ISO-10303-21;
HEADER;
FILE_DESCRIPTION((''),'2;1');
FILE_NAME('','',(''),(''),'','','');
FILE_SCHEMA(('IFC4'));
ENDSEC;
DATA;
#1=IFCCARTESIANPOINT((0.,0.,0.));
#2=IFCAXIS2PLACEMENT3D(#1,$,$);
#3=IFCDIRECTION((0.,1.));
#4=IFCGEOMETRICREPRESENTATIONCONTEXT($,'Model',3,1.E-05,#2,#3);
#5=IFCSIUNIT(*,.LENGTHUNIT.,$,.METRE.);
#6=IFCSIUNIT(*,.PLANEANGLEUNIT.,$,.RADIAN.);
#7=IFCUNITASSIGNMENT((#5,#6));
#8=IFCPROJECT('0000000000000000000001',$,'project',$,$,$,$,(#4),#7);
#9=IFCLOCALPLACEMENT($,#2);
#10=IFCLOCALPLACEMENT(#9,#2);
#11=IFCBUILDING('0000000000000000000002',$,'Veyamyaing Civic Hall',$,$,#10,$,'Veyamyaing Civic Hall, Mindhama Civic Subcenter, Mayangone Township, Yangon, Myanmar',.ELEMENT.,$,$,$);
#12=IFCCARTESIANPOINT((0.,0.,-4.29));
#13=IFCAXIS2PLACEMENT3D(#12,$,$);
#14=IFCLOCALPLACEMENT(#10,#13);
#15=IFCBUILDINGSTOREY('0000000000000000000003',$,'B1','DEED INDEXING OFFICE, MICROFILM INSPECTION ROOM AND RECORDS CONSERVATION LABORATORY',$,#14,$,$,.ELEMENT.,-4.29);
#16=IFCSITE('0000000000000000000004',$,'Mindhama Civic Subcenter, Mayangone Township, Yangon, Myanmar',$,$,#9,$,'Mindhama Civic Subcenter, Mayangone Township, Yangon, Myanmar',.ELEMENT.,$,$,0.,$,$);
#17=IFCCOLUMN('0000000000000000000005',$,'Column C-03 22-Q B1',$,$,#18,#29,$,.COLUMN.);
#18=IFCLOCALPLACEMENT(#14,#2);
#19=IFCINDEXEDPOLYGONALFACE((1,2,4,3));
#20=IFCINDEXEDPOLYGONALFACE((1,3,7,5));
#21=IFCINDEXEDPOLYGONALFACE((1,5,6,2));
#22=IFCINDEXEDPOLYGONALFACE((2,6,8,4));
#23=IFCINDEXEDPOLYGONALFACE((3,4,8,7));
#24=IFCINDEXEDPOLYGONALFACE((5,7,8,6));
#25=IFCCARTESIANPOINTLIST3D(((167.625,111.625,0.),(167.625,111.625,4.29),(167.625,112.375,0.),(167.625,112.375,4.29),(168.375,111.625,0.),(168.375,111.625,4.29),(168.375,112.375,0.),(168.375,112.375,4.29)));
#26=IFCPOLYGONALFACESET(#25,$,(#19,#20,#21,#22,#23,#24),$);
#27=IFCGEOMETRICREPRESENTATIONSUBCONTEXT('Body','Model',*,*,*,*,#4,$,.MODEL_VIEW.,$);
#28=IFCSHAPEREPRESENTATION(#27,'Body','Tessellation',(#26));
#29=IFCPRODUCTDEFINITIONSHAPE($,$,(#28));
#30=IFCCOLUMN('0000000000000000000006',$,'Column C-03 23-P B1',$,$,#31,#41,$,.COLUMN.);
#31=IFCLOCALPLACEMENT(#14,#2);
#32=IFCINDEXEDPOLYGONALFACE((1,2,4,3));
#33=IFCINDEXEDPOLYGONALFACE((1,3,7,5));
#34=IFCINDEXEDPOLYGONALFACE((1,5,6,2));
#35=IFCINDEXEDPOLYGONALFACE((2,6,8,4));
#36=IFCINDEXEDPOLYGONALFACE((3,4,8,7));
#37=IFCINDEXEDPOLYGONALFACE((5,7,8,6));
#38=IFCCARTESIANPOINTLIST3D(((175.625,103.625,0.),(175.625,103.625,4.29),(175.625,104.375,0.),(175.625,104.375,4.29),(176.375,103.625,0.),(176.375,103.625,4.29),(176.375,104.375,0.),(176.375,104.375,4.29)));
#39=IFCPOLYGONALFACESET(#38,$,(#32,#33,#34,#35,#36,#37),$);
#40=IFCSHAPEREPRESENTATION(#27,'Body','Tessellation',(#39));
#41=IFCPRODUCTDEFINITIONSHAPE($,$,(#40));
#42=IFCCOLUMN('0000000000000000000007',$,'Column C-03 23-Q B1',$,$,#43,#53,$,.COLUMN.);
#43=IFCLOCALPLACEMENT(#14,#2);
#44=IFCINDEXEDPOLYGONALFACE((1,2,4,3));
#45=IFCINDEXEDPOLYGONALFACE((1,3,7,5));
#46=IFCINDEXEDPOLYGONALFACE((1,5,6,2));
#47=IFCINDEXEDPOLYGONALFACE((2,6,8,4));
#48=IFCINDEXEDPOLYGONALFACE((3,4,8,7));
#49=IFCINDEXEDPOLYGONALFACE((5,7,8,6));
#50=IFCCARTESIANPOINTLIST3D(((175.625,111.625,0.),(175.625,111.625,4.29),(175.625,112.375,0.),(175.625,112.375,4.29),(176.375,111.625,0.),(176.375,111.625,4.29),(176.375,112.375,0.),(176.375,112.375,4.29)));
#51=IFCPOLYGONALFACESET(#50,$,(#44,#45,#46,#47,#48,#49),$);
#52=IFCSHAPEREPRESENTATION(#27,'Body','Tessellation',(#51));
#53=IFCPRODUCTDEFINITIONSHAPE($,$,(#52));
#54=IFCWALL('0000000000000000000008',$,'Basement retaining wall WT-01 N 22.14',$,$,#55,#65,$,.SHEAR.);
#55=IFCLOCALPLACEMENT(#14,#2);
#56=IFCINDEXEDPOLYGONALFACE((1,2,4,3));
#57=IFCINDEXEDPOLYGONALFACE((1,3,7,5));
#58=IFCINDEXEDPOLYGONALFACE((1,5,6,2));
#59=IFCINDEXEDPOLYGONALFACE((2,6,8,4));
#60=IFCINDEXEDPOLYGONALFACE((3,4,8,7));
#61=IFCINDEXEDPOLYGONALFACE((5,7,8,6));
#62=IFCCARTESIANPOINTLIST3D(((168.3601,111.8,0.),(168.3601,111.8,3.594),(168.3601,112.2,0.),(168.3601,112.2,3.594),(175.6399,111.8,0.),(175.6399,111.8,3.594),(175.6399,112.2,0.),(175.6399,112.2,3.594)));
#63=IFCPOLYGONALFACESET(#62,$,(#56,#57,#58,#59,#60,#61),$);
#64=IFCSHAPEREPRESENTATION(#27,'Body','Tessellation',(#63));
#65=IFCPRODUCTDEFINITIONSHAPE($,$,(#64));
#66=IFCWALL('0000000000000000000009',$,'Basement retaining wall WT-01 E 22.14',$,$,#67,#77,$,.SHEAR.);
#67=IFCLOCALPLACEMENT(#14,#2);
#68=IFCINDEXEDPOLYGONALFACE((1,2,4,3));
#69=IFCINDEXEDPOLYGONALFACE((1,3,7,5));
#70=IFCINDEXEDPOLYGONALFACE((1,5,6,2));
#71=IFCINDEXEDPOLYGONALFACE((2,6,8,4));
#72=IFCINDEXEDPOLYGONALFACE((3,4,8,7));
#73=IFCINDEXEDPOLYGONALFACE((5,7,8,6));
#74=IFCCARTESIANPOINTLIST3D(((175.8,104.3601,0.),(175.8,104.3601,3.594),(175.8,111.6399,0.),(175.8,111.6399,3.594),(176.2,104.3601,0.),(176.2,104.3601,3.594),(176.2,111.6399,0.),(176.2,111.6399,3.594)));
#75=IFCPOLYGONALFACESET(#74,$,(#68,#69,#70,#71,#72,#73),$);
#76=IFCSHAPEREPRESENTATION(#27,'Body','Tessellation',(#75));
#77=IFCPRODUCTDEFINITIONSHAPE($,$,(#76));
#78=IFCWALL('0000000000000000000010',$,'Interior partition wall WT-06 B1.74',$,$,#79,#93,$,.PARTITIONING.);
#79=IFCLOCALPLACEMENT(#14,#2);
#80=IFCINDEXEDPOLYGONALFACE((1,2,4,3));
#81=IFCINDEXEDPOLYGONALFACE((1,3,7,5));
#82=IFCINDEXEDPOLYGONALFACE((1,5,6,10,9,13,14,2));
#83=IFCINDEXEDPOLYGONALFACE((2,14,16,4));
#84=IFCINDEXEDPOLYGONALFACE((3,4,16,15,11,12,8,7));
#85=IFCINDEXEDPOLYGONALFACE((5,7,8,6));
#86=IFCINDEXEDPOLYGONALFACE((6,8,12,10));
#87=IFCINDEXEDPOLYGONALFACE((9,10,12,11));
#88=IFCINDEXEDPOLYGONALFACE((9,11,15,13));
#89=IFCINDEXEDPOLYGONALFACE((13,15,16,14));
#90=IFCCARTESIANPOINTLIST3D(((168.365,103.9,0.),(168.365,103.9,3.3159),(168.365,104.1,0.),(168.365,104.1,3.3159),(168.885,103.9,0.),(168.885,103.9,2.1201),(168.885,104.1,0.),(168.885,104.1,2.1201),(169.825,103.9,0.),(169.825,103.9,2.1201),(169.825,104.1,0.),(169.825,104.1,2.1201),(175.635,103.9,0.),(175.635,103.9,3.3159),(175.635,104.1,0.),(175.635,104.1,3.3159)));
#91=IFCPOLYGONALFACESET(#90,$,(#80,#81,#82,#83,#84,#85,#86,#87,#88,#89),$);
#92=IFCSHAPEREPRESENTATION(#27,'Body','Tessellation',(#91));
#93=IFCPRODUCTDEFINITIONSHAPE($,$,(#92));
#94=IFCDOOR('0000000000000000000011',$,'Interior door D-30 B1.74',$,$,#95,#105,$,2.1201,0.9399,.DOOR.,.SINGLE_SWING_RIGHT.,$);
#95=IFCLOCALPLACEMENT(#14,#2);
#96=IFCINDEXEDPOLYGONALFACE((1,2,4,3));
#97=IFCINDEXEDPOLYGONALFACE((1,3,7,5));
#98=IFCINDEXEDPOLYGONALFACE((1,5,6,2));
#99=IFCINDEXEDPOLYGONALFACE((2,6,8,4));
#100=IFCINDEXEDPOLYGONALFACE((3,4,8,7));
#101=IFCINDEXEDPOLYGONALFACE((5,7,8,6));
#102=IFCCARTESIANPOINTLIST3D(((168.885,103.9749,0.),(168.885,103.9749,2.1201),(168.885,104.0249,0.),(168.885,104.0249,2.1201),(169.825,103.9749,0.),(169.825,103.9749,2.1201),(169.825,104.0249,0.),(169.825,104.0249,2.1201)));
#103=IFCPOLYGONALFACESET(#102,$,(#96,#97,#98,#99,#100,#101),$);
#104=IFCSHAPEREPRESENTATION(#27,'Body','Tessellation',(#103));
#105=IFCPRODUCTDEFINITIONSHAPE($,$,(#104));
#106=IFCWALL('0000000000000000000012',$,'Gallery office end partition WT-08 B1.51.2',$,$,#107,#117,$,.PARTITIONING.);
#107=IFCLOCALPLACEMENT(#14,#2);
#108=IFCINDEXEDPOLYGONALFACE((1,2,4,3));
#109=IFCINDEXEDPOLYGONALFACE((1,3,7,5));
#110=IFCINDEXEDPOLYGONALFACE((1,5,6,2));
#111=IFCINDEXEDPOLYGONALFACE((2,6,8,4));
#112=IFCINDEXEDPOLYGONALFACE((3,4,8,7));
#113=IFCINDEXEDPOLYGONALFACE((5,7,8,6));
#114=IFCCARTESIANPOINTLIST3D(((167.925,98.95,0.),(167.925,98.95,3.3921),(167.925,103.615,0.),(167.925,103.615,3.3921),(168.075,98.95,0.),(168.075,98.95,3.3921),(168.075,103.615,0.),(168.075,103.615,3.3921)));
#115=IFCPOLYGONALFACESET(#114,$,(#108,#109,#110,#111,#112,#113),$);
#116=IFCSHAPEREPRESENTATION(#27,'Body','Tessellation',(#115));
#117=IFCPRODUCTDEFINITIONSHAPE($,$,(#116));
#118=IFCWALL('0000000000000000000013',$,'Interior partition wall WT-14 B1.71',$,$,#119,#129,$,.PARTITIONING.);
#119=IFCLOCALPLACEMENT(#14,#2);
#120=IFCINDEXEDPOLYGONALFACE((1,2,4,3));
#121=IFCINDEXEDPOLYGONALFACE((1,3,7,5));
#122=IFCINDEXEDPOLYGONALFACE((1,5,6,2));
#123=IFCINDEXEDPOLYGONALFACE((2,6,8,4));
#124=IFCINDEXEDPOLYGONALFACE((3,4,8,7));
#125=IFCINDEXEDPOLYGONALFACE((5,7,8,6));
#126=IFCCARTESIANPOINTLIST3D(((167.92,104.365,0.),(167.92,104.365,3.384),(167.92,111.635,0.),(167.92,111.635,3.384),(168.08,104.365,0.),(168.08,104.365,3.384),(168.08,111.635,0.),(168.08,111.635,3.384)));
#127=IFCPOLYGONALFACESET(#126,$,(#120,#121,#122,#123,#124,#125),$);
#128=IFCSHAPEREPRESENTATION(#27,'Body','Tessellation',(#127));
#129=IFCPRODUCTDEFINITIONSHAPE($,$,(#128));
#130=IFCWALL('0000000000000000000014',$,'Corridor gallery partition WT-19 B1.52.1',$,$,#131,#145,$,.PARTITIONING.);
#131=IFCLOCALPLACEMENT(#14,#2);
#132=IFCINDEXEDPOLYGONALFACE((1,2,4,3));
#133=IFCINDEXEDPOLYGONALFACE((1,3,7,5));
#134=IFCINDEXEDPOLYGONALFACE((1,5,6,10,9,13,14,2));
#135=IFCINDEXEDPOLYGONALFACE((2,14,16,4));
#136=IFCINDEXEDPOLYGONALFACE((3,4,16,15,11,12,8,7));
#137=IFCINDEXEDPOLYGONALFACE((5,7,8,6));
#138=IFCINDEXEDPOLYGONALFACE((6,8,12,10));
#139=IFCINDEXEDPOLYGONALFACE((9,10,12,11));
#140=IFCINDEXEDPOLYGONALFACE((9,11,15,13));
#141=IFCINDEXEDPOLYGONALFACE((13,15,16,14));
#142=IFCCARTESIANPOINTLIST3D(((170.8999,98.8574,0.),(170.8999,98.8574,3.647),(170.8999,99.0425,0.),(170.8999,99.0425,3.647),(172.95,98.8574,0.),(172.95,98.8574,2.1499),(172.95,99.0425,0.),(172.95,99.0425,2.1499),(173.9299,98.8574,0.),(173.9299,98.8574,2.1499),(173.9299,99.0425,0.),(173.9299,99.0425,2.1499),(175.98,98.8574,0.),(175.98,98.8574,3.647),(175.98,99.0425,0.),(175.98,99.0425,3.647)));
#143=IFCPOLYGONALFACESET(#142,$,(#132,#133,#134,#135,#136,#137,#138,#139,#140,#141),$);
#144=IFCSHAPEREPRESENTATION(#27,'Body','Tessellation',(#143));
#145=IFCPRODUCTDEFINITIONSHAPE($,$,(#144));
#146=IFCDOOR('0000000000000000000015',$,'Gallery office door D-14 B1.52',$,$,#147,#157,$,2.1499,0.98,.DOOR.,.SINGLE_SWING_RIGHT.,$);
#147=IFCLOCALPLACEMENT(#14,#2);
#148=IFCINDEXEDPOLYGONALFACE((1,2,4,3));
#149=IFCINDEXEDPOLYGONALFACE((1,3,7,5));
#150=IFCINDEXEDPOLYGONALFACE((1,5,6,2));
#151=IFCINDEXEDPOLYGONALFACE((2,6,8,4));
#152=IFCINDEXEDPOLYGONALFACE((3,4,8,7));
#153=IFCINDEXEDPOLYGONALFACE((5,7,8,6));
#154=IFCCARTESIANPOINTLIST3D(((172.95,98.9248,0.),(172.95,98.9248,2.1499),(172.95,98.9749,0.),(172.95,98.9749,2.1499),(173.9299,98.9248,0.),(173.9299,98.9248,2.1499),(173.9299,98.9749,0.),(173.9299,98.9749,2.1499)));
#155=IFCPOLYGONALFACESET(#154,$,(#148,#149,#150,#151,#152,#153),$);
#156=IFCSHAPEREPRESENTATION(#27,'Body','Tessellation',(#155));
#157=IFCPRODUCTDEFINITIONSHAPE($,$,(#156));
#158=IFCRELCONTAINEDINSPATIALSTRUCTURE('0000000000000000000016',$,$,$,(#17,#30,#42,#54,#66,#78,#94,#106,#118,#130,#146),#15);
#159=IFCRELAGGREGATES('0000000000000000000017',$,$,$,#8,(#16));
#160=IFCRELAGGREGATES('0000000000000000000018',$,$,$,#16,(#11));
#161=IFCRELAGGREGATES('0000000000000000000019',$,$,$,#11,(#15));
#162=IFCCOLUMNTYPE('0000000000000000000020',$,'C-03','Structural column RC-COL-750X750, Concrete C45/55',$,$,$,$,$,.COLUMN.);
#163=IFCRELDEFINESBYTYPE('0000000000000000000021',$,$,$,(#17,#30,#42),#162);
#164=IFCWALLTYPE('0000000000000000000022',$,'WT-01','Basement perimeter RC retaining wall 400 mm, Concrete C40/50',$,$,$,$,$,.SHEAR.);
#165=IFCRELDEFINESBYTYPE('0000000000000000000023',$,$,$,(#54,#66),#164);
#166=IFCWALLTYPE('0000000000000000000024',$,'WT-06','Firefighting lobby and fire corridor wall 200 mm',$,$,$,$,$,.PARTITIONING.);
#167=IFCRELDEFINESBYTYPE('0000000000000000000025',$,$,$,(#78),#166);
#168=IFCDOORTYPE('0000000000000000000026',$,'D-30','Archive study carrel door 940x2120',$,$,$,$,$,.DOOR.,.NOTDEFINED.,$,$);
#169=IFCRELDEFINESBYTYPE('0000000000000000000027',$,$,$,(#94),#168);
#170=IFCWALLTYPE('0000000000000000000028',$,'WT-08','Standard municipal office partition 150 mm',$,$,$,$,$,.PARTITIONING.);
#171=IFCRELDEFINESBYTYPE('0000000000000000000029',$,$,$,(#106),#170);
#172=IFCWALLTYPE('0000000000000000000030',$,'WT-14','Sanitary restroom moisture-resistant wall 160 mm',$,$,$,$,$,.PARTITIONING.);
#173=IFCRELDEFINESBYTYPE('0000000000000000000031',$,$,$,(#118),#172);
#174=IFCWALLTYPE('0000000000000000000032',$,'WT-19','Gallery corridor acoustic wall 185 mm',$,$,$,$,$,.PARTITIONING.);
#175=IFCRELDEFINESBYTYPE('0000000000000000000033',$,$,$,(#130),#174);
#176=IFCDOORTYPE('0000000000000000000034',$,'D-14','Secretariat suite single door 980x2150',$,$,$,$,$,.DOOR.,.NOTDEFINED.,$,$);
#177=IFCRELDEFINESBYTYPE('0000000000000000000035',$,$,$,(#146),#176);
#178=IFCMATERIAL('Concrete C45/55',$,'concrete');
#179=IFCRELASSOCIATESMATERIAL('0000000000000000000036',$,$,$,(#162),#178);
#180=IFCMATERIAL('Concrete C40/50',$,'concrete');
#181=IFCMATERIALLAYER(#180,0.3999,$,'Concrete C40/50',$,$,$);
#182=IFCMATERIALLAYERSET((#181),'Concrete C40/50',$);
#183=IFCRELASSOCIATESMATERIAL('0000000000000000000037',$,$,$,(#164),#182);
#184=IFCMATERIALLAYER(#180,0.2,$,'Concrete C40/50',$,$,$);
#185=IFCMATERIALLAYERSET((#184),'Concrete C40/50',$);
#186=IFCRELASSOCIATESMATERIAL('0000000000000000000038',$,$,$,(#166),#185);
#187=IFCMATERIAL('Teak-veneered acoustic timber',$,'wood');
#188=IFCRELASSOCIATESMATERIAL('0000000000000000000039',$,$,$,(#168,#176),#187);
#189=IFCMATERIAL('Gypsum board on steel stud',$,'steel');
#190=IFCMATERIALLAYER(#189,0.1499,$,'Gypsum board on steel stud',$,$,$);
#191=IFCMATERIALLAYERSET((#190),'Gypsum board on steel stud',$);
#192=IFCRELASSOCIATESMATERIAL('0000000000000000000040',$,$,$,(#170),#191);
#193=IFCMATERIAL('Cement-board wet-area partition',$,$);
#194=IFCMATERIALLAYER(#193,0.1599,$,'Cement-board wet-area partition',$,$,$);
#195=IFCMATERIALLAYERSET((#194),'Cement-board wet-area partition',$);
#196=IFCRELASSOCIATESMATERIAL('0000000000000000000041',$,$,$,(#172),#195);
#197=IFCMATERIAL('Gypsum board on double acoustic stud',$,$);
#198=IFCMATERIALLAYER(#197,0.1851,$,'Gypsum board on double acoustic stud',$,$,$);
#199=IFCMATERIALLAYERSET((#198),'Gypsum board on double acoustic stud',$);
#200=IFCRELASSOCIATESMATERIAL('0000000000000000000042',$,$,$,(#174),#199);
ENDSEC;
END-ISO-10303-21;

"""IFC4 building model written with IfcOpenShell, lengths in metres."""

from ifc_helpers import new_model, si_unit, direction, frame, frame_2d, origin, origin_2d, place, context, subcontext, project, spatial, rectangle, extrude, material, layer, layer_set, material_profile, profile_set, type_object, element, fill, save


model = new_model("IFC4")

# Units and contexts
model_context = context("Model", 3, precision=1e-05, world=origin(), true_north=direction((0.0, 1.0)))
body_context = subcontext(model_context, "Body", "Model", "MODEL_VIEW")
ifc_project = project(units=[si_unit("LENGTHUNIT", "METRE"), si_unit("PLANEANGLEUNIT", "RADIAN")], contexts=[model_context])

# Site, building, storey
site_placement = place(None, origin())
site = spatial("IfcSite", under=ifc_project, at=site_placement, Name="Mindhama Civic Subcenter, Mayangone Township, Yangon, Myanmar", LongName="Mindhama Civic Subcenter, Mayangone Township, Yangon, Myanmar", CompositionType="ELEMENT", RefElevation=0.0)
building_placement = place(site_placement, origin())
building = spatial("IfcBuilding", under=site, at=building_placement, Name="Veyamyaing Civic Hall", LongName="Veyamyaing Civic Hall, Mindhama Civic Subcenter, Mayangone Township, Yangon, Myanmar", CompositionType="ELEMENT")
storey_placement = place(building_placement, frame((0.0, 0.0, -4.29)))
storey = spatial("IfcBuildingStorey", under=building, at=storey_placement, Name="B1", Description="DEED INDEXING OFFICE, MICROFILM INSPECTION ROOM AND RECORDS CONSERVATION LABORATORY", CompositionType="ELEMENT", Elevation=-4.29)

# Shared definitions
ifc_material_1 = material(Name="Concrete C40/50", Category="concrete")

# Columns
ifc_material_2 = material(Name="Concrete C45/55", Category="concrete")
ifc_material_profile_1 = material_profile(ifc_material_2, rectangle(XDim=0.75, YDim=0.75, at=origin_2d()), Name="RC-COL-750X750")
ifc_profile_set_1 = profile_set([ifc_material_profile_1], Name="Concrete C45/55")
column_type = type_object("IfcColumnType", Name="C-03", Description="Structural column RC-COL-750X750, Concrete C45/55", PredefinedType="COLUMN", material=ifc_profile_set_1)
for number, where, z_axis, x_axis, name in (
    (1, (168.0, 112.0, 0.0), (0.0, 0.0, 1.0), (1.0, 0.0, 0.0), "Column C-03 22-Q B1"),
    (2, (176.0, 104.0, 0.0), (0.0, 0.0, 1.0), (1.0, 0.0, 0.0), "Column C-03 23-P B1"),
    (3, (176.0, 112.0, 0.0), (0.0, 0.0, 1.0), (1.0, 0.0, 0.0), "Column C-03 23-Q B1"),
):
    element("IfcColumn", number, at=place(storey_placement, frame(where, z_axis=z_axis, x_axis=x_axis)), inside=storey, type_object=column_type, Name=name, PredefinedType="COLUMN", context=body_context, shape_type="SweptSolid", body=[
        extrude(rectangle(XDim=0.75, YDim=0.75, at=origin_2d()), origin(), (0.0, 0.0, 1.0), 4.29),
    ])

# Walls
ifc_layer_1 = layer(ifc_material_1, 0.3999, Name="Concrete C40/50")
ifc_layer_set_1 = layer_set([ifc_layer_1], Name="Concrete C40/50")
wall_type_1 = type_object("IfcWallType", Name="WT-01", Description="Basement perimeter RC retaining wall 400 mm, Concrete C40/50", PredefinedType="SHEAR", material=ifc_layer_set_1)
for number, where, z_axis, x_axis, name in (
    (4, (168.3601, 112.0, 0.0), (0.0, 0.0, 1.0), (1.0, 0.0, 0.0), "Basement retaining wall WT-01 N 22.14"),
    (5, (176.0, 104.3601, 0.0), (0.0, 0.0, 1.0), (0.0, 1.0, 0.0), "Basement retaining wall WT-01 E 22.14"),
):
    element("IfcWall", number, at=place(storey_placement, frame(where, z_axis=z_axis, x_axis=x_axis)), inside=storey, type_object=wall_type_1, Name=name, PredefinedType="SHEAR", context=body_context, shape_type="SweptSolid", body=[
        extrude(rectangle(XDim=7.2798, YDim=0.3999, at=frame_2d((3.6399, 0.0))), origin(), (0.0, 0.0, 1.0), 3.594),
    ])

# Wall, opening, door
ifc_layer_2 = layer(ifc_material_1, 0.2, Name="Concrete C40/50")
ifc_layer_set_2 = layer_set([ifc_layer_2], Name="Concrete C40/50")
wall_type_2 = type_object("IfcWallType", Name="WT-06", Description="Firefighting lobby and fire corridor wall 200 mm", PredefinedType="PARTITIONING", material=ifc_layer_set_2)
wall_1_placement = place(storey_placement, frame((168.365, 104.0, 0.0), z_axis=(0.0, 0.0, 1.0), x_axis=(1.0, 0.0, 0.0)))
wall_1 = element("IfcWall", 6, at=wall_1_placement, inside=storey, type_object=wall_type_2, Name="Interior partition wall WT-06 B1.74", PredefinedType="PARTITIONING", context=body_context, shape_type="SweptSolid", body=[
    extrude(rectangle(XDim=7.27, YDim=0.2, at=frame_2d((3.635, 0.0))), origin(), (0.0, 0.0, 1.0), 3.3159),
])
opening_1_placement = place(wall_1_placement, frame((0.52, 0.0, 0.0)))
opening_1 = element("IfcOpeningElement", 7, at=opening_1_placement, cuts=wall_1, PredefinedType="OPENING", context=body_context, shape_type="SweptSolid", body=[
    extrude(rectangle(XDim=0.9399, YDim=2.1201, at=frame_2d((0.47, 1.0601))), frame((0.0, 0.1099, 0.0), z_axis=(0.0, -1.0, 0.0), x_axis=(1.0, 0.0, 0.0)), (0.0, 0.0, 1.0), 0.22),
])
ifc_material_3 = material(Name="Teak-veneered acoustic timber", Category="wood")
door_type_1 = type_object("IfcDoorType", Name="D-30", Description="Archive study carrel door 940x2120", OperationType="NOTDEFINED", PredefinedType="DOOR", material=ifc_material_3)
door_1_placement = place(opening_1_placement, origin())
door_1 = element("IfcDoor", 8, at=door_1_placement, inside=storey, type_object=door_type_1, Name="Interior door D-30 B1.74", OperationType="SINGLE_SWING_RIGHT", OverallHeight=2.1201, OverallWidth=0.9399, PredefinedType="DOOR", context=body_context, shape_type="SweptSolid", body=[
    extrude(rectangle(XDim=0.9399, YDim=2.1201, at=frame_2d((0.47, 1.0601))), frame((0.0, 0.0249, 0.0), z_axis=(0.0, -1.0, 0.0), x_axis=(1.0, 0.0, 0.0)), (0.0, 0.0, 1.0), 0.05),
])
fill(opening_1, door_1)

# Walls
ifc_material_4 = material(Name="Gypsum board on steel stud", Category="steel")
ifc_layer_3 = layer(ifc_material_4, 0.1499, Name="Gypsum board on steel stud")
ifc_layer_set_3 = layer_set([ifc_layer_3], Name="Gypsum board on steel stud")
wall_type_3 = type_object("IfcWallType", Name="WT-08", Description="Standard municipal office partition 150 mm", PredefinedType="PARTITIONING", material=ifc_layer_set_3)
wall_2_placement = place(storey_placement, frame((168.0, 98.95, 0.0), z_axis=(0.0, 0.0, 1.0), x_axis=(0.0, 1.0, 0.0)))
element("IfcWall", 9, at=wall_2_placement, inside=storey, type_object=wall_type_3, Name="Gallery office end partition WT-08 B1.51.2", PredefinedType="PARTITIONING", context=body_context, shape_type="SweptSolid", body=[
    extrude(rectangle(XDim=4.665, YDim=0.1499, at=frame_2d((2.3325, 0.0))), origin(), (0.0, 0.0, 1.0), 3.3921),
])
ifc_material_5 = material(Name="Cement-board wet-area partition")
ifc_layer_4 = layer(ifc_material_5, 0.1599, Name="Cement-board wet-area partition")
ifc_layer_set_4 = layer_set([ifc_layer_4], Name="Cement-board wet-area partition")
wall_type_4 = type_object("IfcWallType", Name="WT-14", Description="Sanitary restroom moisture-resistant wall 160 mm", PredefinedType="PARTITIONING", material=ifc_layer_set_4)
wall_3_placement = place(storey_placement, frame((168.0, 104.365, 0.0), z_axis=(0.0, 0.0, 1.0), x_axis=(0.0, 1.0, 0.0)))
element("IfcWall", 10, at=wall_3_placement, inside=storey, type_object=wall_type_4, Name="Interior partition wall WT-14 B1.71", PredefinedType="PARTITIONING", context=body_context, shape_type="SweptSolid", body=[
    extrude(rectangle(XDim=7.27, YDim=0.1599, at=frame_2d((3.635, 0.0))), origin(), (0.0, 0.0, 1.0), 3.384),
])

# Wall, opening, door
ifc_material_6 = material(Name="Gypsum board on double acoustic stud")
ifc_layer_5 = layer(ifc_material_6, 0.1851, Name="Gypsum board on double acoustic stud")
ifc_layer_set_5 = layer_set([ifc_layer_5], Name="Gypsum board on double acoustic stud")
wall_type_5 = type_object("IfcWallType", Name="WT-19", Description="Gallery corridor acoustic wall 185 mm", PredefinedType="PARTITIONING", material=ifc_layer_set_5)
wall_4_placement = place(storey_placement, frame((170.8999, 98.95, 0.0), z_axis=(0.0, 0.0, 1.0), x_axis=(1.0, 0.0, 0.0)))
wall_4 = element("IfcWall", 11, at=wall_4_placement, inside=storey, type_object=wall_type_5, Name="Corridor gallery partition WT-19 B1.52.1", PredefinedType="PARTITIONING", context=body_context, shape_type="SweptSolid", body=[
    extrude(rectangle(XDim=5.0801, YDim=0.1851, at=frame_2d((2.54, 0.0))), origin(), (0.0, 0.0, 1.0), 3.647),
])
opening_2_placement = place(wall_4_placement, frame((2.05, 0.0, 0.0)))
opening_2 = element("IfcOpeningElement", 12, at=opening_2_placement, cuts=wall_4, PredefinedType="OPENING", context=body_context, shape_type="SweptSolid", body=[
    extrude(rectangle(XDim=0.98, YDim=2.1499, at=frame_2d((0.49, 1.075))), frame((0.0, 0.1025, 0.0), z_axis=(0.0, -1.0, 0.0), x_axis=(1.0, 0.0, 0.0)), (0.0, 0.0, 1.0), 0.2051),
])
door_type_2 = type_object("IfcDoorType", Name="D-14", Description="Secretariat suite single door 980x2150", OperationType="NOTDEFINED", PredefinedType="DOOR", material=ifc_material_3)
door_2_placement = place(opening_2_placement, origin())
door_2 = element("IfcDoor", 13, at=door_2_placement, inside=storey, type_object=door_type_2, Name="Gallery office door D-14 B1.52", OperationType="SINGLE_SWING_RIGHT", OverallHeight=2.1499, OverallWidth=0.98, PredefinedType="DOOR", context=body_context, shape_type="SweptSolid", body=[
    extrude(rectangle(XDim=0.98, YDim=2.1499, at=frame_2d((0.49, 1.075))), frame((0.0, 0.0249, 0.0), z_axis=(0.0, -1.0, 0.0), x_axis=(1.0, 0.0, 0.0)), (0.0, 0.0, 1.0), 0.05),
])
fill(opening_2, door_2)

save(model, "model.ifc")
